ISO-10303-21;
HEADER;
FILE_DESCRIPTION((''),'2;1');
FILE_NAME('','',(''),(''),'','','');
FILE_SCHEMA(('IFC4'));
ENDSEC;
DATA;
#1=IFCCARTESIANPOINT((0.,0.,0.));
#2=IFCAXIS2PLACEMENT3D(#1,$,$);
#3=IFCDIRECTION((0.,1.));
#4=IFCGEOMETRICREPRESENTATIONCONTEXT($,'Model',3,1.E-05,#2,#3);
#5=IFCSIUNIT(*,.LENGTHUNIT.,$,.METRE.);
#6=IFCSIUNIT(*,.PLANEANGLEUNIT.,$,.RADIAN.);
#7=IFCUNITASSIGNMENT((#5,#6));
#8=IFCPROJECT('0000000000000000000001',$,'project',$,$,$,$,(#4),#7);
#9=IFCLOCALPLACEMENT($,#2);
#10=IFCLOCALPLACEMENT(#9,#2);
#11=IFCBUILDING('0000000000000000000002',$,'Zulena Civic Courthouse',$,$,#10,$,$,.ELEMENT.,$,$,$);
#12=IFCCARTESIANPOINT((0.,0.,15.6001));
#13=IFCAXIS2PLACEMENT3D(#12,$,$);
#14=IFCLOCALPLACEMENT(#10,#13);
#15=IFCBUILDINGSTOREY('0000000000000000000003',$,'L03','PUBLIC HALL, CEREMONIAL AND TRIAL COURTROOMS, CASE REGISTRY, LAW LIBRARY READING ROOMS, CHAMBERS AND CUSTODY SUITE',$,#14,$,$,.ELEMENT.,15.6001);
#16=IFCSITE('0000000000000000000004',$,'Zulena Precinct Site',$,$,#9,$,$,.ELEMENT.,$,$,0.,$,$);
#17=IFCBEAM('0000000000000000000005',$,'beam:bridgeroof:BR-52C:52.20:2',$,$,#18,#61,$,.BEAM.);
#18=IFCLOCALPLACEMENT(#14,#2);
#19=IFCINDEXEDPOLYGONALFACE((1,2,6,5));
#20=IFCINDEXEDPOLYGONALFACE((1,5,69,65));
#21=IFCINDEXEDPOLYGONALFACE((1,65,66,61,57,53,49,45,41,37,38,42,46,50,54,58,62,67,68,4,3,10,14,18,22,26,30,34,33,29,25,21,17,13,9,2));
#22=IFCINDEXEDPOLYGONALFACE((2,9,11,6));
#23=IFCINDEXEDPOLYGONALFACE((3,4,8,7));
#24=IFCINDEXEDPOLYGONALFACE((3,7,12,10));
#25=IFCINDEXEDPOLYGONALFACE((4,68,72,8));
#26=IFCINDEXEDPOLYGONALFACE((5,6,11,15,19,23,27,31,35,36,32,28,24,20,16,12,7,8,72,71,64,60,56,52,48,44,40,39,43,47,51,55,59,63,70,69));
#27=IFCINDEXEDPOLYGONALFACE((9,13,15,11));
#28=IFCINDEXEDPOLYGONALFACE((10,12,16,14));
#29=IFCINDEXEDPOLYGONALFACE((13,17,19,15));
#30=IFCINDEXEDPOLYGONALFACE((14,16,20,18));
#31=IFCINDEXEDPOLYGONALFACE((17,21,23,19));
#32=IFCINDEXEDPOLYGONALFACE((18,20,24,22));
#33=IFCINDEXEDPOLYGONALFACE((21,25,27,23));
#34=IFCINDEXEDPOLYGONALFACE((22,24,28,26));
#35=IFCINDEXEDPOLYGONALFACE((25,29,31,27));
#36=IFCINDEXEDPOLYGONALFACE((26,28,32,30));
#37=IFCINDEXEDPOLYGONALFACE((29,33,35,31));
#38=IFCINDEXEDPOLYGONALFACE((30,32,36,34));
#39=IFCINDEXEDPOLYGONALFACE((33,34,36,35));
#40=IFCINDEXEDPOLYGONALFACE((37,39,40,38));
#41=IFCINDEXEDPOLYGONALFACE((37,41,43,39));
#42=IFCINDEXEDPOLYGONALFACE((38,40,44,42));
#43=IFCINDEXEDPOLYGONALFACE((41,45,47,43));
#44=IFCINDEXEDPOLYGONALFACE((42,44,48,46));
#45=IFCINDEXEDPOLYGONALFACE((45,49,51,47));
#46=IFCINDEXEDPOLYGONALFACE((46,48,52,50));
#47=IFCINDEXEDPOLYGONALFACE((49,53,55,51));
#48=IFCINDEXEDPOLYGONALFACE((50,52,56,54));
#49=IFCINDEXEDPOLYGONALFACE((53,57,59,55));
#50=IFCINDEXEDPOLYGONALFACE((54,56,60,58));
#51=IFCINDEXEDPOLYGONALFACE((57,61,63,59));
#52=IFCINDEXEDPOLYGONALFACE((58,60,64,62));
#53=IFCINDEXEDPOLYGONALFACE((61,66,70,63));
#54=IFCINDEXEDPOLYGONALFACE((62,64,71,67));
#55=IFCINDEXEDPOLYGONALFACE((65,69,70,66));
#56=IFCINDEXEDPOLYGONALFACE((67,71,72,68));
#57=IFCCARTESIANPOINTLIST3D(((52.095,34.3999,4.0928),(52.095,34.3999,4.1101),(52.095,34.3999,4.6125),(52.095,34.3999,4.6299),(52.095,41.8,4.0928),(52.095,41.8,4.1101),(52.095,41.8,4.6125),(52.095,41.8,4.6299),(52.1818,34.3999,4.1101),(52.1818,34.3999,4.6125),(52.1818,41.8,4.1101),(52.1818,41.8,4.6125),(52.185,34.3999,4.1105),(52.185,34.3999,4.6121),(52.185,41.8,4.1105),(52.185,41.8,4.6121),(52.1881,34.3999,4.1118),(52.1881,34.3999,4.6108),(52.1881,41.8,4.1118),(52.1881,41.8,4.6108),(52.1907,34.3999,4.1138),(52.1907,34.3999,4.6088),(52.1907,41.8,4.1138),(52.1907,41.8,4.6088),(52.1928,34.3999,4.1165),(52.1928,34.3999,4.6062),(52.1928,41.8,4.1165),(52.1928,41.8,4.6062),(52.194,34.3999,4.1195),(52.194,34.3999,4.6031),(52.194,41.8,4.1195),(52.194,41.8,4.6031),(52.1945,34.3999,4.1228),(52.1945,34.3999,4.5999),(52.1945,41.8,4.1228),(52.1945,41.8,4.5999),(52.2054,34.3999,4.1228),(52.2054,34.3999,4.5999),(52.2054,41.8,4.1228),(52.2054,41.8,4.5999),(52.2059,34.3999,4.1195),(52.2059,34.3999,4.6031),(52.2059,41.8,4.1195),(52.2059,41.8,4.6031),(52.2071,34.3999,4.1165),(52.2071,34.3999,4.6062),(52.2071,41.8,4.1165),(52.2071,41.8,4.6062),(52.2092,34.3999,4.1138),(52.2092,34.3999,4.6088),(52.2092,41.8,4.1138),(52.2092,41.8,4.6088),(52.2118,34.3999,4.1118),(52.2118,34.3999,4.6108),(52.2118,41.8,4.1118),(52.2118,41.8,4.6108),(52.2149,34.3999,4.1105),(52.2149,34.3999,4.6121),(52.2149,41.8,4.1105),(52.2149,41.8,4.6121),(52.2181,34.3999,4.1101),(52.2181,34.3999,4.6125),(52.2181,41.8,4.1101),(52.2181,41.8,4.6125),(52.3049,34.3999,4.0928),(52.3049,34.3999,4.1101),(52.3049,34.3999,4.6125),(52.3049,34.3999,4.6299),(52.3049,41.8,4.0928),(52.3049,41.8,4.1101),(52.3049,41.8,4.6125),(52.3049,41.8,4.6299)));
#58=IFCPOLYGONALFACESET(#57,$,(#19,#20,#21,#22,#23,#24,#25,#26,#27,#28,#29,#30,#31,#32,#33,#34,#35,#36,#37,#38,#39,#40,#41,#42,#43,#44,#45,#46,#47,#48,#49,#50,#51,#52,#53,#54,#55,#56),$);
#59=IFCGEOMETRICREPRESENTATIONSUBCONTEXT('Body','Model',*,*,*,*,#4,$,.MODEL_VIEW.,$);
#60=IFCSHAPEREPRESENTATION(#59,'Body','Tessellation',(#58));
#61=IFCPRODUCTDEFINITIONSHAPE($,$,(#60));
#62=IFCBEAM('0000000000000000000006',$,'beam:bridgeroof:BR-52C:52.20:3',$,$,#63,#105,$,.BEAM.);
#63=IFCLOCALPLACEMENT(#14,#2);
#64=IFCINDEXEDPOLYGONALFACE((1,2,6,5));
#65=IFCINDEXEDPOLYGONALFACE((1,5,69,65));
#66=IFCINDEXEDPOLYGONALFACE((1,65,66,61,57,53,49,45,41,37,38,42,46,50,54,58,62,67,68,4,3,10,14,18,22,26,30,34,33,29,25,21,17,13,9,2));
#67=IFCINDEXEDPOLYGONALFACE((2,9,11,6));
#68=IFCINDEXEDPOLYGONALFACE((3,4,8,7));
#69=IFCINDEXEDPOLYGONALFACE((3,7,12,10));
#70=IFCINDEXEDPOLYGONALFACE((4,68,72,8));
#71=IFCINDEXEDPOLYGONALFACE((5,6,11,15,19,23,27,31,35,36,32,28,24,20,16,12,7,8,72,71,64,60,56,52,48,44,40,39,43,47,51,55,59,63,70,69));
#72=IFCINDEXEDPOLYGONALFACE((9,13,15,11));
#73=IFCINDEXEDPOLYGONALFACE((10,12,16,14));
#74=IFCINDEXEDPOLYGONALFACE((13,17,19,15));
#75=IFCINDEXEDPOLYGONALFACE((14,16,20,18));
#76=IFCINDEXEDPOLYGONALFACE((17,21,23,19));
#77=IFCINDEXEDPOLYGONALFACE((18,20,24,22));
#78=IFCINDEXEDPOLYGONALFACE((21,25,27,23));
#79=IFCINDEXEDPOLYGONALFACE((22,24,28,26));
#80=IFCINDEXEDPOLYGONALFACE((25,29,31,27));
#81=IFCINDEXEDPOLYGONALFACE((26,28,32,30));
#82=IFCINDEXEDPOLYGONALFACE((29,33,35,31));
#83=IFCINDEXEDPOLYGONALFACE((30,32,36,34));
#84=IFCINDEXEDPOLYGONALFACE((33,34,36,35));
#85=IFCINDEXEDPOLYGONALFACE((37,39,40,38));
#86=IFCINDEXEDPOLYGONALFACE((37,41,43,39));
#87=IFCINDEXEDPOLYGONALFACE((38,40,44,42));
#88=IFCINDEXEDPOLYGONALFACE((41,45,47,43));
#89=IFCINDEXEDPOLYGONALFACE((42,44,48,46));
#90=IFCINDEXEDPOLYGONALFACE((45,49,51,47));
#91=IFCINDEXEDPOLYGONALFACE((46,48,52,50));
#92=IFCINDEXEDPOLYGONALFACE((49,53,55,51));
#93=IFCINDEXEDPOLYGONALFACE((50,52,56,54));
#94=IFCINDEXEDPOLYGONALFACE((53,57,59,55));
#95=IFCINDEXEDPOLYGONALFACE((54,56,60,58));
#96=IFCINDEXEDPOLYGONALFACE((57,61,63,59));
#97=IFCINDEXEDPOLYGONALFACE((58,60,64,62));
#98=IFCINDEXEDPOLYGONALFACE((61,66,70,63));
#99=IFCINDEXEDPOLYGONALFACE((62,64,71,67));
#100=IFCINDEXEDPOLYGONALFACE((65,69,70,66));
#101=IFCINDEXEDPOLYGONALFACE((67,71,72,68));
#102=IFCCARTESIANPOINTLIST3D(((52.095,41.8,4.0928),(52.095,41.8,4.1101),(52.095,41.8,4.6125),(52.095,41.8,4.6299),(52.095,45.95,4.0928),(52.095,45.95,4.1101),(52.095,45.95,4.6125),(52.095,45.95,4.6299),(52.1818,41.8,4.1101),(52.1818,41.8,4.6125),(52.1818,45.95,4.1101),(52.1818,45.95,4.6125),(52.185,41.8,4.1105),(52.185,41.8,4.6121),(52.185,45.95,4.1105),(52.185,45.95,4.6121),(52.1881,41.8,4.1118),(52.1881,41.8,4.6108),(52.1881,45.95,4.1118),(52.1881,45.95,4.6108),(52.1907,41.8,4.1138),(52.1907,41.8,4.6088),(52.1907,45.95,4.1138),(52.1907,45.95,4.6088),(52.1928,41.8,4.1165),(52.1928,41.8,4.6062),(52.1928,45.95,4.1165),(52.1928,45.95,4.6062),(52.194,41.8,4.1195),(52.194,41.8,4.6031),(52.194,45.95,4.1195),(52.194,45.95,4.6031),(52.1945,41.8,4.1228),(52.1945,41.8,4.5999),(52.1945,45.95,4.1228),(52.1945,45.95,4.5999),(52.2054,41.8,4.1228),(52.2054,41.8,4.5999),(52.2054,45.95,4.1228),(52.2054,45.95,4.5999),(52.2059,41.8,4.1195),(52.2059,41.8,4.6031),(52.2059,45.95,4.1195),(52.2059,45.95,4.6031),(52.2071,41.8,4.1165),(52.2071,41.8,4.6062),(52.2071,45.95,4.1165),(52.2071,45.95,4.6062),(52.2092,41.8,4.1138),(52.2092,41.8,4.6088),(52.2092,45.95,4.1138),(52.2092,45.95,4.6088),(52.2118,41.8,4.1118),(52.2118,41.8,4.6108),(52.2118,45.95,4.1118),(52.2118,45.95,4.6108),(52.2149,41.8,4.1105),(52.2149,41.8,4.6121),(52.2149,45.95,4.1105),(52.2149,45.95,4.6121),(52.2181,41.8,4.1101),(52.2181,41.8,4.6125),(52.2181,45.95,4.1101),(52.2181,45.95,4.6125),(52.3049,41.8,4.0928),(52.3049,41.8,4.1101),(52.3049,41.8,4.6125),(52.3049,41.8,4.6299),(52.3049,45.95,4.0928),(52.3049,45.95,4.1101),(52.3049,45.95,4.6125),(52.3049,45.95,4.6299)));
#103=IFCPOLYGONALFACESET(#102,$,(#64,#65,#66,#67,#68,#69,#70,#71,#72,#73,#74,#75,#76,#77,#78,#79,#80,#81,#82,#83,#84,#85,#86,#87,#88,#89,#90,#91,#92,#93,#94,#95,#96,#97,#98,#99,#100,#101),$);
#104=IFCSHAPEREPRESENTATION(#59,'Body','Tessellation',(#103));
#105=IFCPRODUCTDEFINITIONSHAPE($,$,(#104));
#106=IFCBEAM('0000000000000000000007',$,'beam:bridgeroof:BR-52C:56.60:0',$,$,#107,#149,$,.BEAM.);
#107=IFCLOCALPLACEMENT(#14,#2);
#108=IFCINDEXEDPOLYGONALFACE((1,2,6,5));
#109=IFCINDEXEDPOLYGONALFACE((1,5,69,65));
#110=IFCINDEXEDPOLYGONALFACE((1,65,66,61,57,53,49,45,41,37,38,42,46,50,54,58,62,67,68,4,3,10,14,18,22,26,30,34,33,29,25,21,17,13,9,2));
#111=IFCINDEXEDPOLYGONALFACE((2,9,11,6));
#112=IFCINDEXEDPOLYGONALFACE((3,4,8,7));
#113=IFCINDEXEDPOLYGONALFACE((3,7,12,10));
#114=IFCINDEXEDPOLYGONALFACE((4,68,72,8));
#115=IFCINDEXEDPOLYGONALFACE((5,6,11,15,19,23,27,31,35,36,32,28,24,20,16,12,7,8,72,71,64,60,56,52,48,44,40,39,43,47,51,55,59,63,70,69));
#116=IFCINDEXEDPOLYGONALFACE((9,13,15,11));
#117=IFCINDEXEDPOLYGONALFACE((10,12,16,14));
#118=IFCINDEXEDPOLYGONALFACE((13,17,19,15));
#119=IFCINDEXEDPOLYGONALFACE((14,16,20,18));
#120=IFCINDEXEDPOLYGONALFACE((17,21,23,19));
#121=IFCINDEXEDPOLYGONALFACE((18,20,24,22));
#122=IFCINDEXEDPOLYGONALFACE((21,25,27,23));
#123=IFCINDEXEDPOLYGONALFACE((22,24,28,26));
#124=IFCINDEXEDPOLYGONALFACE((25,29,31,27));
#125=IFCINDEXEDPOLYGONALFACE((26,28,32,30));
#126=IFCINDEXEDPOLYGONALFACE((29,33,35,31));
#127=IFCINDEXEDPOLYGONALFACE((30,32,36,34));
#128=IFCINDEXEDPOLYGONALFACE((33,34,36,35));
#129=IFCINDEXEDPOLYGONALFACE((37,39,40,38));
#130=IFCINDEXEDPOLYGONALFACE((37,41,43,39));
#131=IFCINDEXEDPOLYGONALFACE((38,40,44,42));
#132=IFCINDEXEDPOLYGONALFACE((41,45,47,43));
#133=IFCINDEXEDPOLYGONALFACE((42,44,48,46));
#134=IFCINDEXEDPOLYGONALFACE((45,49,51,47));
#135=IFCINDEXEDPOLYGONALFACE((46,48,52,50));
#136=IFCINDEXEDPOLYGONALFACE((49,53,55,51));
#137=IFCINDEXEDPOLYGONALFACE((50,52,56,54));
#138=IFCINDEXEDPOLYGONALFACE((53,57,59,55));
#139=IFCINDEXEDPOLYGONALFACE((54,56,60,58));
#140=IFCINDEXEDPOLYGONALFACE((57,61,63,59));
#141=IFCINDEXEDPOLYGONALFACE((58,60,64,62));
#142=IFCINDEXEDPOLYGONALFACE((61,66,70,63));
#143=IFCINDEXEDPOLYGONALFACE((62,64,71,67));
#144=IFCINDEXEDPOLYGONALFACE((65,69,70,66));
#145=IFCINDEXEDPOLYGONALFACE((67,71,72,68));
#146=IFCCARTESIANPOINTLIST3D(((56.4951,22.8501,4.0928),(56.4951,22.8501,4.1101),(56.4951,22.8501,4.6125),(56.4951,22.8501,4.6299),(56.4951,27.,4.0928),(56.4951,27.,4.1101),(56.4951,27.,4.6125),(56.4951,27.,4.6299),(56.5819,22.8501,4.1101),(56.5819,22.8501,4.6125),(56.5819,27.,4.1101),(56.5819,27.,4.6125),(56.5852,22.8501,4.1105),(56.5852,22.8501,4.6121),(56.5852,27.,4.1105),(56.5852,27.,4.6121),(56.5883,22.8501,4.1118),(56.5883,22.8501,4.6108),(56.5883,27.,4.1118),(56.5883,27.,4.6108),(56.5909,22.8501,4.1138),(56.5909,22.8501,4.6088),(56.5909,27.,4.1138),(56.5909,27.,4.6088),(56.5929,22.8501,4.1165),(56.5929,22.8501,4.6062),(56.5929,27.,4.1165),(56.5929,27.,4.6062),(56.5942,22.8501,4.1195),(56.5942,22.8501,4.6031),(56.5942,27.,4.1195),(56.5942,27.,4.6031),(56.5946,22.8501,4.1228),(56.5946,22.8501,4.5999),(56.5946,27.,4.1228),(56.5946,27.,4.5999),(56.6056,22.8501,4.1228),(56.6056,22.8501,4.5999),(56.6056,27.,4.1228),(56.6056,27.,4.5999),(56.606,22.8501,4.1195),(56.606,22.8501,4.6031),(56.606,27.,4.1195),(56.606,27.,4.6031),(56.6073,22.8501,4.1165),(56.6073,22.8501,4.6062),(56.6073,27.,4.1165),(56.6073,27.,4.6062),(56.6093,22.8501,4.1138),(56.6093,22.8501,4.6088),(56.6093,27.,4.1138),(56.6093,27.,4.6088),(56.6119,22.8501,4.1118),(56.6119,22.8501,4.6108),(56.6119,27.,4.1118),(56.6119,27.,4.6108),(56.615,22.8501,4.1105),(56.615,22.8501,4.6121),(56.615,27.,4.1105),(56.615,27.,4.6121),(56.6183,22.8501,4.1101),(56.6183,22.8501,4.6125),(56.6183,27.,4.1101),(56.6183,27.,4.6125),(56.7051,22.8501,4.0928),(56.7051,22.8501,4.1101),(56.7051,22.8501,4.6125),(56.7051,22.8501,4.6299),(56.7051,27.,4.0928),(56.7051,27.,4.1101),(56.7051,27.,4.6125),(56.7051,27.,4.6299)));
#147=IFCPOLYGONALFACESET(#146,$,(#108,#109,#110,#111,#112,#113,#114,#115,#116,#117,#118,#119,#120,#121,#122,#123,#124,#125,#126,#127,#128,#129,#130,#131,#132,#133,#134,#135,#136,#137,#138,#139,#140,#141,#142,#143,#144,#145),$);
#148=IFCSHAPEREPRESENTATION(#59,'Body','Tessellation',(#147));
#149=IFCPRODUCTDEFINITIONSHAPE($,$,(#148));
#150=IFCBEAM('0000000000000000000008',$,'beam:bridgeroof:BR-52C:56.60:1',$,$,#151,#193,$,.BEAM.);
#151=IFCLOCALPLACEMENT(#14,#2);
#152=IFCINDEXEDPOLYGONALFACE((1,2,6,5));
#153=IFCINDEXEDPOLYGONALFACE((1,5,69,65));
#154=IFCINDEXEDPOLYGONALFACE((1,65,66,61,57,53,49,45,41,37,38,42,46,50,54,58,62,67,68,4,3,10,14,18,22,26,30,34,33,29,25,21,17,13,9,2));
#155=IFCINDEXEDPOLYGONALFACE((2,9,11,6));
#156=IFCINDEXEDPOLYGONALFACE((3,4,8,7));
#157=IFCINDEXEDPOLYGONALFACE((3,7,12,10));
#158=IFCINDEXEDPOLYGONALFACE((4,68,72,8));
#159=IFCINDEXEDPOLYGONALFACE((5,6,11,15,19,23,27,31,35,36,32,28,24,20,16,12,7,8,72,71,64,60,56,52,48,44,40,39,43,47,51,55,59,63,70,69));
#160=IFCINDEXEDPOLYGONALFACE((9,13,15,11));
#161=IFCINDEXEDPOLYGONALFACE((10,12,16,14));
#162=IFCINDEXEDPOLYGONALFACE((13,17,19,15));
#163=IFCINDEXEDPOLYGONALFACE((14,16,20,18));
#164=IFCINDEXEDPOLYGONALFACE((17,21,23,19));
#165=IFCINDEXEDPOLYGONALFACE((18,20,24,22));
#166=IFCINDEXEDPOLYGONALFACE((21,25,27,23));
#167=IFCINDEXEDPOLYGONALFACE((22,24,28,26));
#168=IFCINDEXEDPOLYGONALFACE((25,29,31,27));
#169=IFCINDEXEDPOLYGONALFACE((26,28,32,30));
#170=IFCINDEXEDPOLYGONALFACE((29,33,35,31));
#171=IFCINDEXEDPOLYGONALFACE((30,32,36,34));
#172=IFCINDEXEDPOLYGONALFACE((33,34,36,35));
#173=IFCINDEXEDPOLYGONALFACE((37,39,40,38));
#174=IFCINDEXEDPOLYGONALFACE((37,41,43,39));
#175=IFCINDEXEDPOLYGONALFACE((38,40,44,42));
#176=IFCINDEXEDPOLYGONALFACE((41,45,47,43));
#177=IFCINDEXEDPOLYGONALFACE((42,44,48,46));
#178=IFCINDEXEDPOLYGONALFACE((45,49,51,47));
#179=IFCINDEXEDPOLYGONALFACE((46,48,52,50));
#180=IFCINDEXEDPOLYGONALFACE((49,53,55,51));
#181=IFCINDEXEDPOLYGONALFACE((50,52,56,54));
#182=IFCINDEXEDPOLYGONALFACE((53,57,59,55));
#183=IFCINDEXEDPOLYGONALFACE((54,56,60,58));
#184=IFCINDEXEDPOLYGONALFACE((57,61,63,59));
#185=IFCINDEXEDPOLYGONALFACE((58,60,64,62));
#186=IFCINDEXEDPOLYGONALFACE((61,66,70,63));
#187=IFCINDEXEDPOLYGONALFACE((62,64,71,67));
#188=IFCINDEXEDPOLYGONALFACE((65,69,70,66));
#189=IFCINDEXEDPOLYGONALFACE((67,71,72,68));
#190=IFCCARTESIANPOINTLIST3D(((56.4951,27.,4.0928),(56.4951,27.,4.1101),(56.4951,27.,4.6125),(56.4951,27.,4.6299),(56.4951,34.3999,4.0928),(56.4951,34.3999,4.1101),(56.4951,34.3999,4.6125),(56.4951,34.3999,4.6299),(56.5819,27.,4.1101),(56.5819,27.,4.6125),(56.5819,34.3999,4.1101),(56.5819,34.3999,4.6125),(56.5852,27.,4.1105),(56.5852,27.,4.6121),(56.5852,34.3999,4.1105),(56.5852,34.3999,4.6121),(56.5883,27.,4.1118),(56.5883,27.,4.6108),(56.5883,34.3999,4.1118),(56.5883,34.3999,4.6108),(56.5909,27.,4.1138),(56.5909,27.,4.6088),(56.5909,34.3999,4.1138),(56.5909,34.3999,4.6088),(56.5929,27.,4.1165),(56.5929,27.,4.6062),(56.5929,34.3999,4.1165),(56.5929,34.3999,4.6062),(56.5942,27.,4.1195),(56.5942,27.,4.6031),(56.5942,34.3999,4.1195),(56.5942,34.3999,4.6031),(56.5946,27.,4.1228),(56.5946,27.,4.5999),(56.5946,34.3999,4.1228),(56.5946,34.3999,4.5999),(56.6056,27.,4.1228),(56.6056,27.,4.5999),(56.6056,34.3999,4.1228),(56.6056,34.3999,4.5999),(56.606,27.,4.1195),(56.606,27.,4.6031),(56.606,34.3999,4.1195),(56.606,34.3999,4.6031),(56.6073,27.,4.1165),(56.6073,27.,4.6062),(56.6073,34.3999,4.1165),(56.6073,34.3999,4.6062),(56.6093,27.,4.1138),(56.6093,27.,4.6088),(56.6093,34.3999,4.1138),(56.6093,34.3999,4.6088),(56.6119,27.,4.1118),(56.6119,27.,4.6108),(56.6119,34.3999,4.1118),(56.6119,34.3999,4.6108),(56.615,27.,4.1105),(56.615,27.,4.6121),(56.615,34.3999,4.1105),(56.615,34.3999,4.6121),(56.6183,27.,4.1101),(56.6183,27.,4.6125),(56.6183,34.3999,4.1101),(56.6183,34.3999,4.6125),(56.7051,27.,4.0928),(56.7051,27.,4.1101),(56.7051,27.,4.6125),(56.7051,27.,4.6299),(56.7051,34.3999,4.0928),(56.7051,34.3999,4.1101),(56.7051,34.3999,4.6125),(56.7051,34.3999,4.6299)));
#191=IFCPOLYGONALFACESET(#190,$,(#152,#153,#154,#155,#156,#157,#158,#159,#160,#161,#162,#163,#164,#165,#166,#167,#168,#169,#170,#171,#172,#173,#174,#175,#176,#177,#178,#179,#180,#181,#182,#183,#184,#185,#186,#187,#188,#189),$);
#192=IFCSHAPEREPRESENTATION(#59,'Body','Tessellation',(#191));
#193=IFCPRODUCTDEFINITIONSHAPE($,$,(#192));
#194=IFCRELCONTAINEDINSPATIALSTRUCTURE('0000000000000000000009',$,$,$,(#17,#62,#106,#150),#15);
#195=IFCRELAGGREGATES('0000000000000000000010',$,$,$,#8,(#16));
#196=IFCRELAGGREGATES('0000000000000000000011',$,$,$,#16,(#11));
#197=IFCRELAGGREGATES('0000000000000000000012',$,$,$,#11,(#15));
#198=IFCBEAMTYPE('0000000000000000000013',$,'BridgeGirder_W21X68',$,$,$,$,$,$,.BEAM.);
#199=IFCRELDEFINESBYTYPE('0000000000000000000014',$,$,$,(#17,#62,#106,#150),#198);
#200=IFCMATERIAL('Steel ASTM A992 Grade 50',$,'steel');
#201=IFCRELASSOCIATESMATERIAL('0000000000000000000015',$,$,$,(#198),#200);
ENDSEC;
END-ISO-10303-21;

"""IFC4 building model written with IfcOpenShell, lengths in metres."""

from ifc_helpers import new_model, si_unit, direction, frame, origin, origin_2d, place, context, subcontext, project, spatial, i_section, extrude, material, material_profile, profile_set, type_object, element, save


model = new_model("IFC4")

# Units and contexts
model_context = context("Model", 3, precision=1e-05, world=origin(), true_north=direction((0.0, 1.0)))
body_context = subcontext(model_context, "Body", "Model", "MODEL_VIEW")
ifc_project = project(units=[si_unit("LENGTHUNIT", "METRE"), si_unit("PLANEANGLEUNIT", "RADIAN")], contexts=[model_context])

# Site, building, storey
site_placement = place(None, origin())
site = spatial("IfcSite", under=ifc_project, at=site_placement, Name="Zulena Precinct Site", CompositionType="ELEMENT", RefElevation=0.0)
building_placement = place(site_placement, origin())
building = spatial("IfcBuilding", under=site, at=building_placement, Name="Zulena Civic Courthouse", CompositionType="ELEMENT")
storey_placement = place(building_placement, frame((0.0, 0.0, 15.6001)))
storey = spatial("IfcBuildingStorey", under=building, at=storey_placement, Name="L03", Description="PUBLIC HALL, CEREMONIAL AND TRIAL COURTROOMS, CASE REGISTRY, LAW LIBRARY READING ROOMS, CHAMBERS AND CUSTODY SUITE", CompositionType="ELEMENT", Elevation=15.6001)

# Shared definitions
ifc_material_1 = material(Name="Steel ASTM A992 Grade 50", Category="steel")

# Beams
ifc_material_profile_1 = material_profile(ifc_material_1, i_section(OverallWidth=0.21, OverallDepth=0.5371, WebThickness=0.011, FlangeThickness=0.0173, FilletRadius=0.0127, at=origin_2d()), Name="W21X68")
ifc_profile_set_1 = profile_set([ifc_material_profile_1], Name="Steel ASTM A992 Grade 50")
beam_type_1 = type_object("IfcBeamType", Name="BridgeGirder_W21X68", PredefinedType="BEAM", material=ifc_profile_set_1)
beam_1_placement = place(storey_placement, frame((52.2, 34.3999, 4.3613), z_axis=(0.0, 1.0, 0.0), x_axis=(-1.0, 0.0, 0.0)))
element("IfcBeam", 1, at=beam_1_placement, inside=storey, type_object=beam_type_1, Name="beam:bridgeroof:BR-52C:52.20:2", PredefinedType="BEAM", context=body_context, shape_type="SweptSolid", body=[
    extrude(i_section(OverallWidth=0.21, OverallDepth=0.5371, WebThickness=0.011, FlangeThickness=0.0173, FilletRadius=0.0127, at=origin_2d()), origin(), (0.0, 0.0, 1.0), 7.4001),
])
for number, where, z_axis, x_axis, name in (
    (2, (52.2, 41.8, 4.3613), (0.0, 1.0, 0.0), (-1.0, 0.0, 0.0), "beam:bridgeroof:BR-52C:52.20:3"),
    (3, (56.6001, 22.8501, 4.3613), (0.0, 1.0, 0.0), (-1.0, 0.0, 0.0), "beam:bridgeroof:BR-52C:56.60:0"),
):
    element("IfcBeam", number, at=place(storey_placement, frame(where, z_axis=z_axis, x_axis=x_axis)), inside=storey, type_object=beam_type_1, Name=name, PredefinedType="BEAM", context=body_context, shape_type="SweptSolid", body=[
        extrude(i_section(OverallWidth=0.21, OverallDepth=0.5371, WebThickness=0.011, FlangeThickness=0.0173, FilletRadius=0.0127, at=origin_2d()), origin(), (0.0, 0.0, 1.0), 4.1499),
    ])
beam_2_placement = place(storey_placement, frame((56.6001, 27.0, 4.3613), z_axis=(0.0, 1.0, 0.0), x_axis=(-1.0, 0.0, 0.0)))
element("IfcBeam", 4, at=beam_2_placement, inside=storey, type_object=beam_type_1, Name="beam:bridgeroof:BR-52C:56.60:1", PredefinedType="BEAM", context=body_context, shape_type="SweptSolid", body=[
    extrude(i_section(OverallWidth=0.21, OverallDepth=0.5371, WebThickness=0.011, FlangeThickness=0.0173, FilletRadius=0.0127, at=origin_2d()), origin(), (0.0, 0.0, 1.0), 7.3999),
])

save(model, "model.ifc")
